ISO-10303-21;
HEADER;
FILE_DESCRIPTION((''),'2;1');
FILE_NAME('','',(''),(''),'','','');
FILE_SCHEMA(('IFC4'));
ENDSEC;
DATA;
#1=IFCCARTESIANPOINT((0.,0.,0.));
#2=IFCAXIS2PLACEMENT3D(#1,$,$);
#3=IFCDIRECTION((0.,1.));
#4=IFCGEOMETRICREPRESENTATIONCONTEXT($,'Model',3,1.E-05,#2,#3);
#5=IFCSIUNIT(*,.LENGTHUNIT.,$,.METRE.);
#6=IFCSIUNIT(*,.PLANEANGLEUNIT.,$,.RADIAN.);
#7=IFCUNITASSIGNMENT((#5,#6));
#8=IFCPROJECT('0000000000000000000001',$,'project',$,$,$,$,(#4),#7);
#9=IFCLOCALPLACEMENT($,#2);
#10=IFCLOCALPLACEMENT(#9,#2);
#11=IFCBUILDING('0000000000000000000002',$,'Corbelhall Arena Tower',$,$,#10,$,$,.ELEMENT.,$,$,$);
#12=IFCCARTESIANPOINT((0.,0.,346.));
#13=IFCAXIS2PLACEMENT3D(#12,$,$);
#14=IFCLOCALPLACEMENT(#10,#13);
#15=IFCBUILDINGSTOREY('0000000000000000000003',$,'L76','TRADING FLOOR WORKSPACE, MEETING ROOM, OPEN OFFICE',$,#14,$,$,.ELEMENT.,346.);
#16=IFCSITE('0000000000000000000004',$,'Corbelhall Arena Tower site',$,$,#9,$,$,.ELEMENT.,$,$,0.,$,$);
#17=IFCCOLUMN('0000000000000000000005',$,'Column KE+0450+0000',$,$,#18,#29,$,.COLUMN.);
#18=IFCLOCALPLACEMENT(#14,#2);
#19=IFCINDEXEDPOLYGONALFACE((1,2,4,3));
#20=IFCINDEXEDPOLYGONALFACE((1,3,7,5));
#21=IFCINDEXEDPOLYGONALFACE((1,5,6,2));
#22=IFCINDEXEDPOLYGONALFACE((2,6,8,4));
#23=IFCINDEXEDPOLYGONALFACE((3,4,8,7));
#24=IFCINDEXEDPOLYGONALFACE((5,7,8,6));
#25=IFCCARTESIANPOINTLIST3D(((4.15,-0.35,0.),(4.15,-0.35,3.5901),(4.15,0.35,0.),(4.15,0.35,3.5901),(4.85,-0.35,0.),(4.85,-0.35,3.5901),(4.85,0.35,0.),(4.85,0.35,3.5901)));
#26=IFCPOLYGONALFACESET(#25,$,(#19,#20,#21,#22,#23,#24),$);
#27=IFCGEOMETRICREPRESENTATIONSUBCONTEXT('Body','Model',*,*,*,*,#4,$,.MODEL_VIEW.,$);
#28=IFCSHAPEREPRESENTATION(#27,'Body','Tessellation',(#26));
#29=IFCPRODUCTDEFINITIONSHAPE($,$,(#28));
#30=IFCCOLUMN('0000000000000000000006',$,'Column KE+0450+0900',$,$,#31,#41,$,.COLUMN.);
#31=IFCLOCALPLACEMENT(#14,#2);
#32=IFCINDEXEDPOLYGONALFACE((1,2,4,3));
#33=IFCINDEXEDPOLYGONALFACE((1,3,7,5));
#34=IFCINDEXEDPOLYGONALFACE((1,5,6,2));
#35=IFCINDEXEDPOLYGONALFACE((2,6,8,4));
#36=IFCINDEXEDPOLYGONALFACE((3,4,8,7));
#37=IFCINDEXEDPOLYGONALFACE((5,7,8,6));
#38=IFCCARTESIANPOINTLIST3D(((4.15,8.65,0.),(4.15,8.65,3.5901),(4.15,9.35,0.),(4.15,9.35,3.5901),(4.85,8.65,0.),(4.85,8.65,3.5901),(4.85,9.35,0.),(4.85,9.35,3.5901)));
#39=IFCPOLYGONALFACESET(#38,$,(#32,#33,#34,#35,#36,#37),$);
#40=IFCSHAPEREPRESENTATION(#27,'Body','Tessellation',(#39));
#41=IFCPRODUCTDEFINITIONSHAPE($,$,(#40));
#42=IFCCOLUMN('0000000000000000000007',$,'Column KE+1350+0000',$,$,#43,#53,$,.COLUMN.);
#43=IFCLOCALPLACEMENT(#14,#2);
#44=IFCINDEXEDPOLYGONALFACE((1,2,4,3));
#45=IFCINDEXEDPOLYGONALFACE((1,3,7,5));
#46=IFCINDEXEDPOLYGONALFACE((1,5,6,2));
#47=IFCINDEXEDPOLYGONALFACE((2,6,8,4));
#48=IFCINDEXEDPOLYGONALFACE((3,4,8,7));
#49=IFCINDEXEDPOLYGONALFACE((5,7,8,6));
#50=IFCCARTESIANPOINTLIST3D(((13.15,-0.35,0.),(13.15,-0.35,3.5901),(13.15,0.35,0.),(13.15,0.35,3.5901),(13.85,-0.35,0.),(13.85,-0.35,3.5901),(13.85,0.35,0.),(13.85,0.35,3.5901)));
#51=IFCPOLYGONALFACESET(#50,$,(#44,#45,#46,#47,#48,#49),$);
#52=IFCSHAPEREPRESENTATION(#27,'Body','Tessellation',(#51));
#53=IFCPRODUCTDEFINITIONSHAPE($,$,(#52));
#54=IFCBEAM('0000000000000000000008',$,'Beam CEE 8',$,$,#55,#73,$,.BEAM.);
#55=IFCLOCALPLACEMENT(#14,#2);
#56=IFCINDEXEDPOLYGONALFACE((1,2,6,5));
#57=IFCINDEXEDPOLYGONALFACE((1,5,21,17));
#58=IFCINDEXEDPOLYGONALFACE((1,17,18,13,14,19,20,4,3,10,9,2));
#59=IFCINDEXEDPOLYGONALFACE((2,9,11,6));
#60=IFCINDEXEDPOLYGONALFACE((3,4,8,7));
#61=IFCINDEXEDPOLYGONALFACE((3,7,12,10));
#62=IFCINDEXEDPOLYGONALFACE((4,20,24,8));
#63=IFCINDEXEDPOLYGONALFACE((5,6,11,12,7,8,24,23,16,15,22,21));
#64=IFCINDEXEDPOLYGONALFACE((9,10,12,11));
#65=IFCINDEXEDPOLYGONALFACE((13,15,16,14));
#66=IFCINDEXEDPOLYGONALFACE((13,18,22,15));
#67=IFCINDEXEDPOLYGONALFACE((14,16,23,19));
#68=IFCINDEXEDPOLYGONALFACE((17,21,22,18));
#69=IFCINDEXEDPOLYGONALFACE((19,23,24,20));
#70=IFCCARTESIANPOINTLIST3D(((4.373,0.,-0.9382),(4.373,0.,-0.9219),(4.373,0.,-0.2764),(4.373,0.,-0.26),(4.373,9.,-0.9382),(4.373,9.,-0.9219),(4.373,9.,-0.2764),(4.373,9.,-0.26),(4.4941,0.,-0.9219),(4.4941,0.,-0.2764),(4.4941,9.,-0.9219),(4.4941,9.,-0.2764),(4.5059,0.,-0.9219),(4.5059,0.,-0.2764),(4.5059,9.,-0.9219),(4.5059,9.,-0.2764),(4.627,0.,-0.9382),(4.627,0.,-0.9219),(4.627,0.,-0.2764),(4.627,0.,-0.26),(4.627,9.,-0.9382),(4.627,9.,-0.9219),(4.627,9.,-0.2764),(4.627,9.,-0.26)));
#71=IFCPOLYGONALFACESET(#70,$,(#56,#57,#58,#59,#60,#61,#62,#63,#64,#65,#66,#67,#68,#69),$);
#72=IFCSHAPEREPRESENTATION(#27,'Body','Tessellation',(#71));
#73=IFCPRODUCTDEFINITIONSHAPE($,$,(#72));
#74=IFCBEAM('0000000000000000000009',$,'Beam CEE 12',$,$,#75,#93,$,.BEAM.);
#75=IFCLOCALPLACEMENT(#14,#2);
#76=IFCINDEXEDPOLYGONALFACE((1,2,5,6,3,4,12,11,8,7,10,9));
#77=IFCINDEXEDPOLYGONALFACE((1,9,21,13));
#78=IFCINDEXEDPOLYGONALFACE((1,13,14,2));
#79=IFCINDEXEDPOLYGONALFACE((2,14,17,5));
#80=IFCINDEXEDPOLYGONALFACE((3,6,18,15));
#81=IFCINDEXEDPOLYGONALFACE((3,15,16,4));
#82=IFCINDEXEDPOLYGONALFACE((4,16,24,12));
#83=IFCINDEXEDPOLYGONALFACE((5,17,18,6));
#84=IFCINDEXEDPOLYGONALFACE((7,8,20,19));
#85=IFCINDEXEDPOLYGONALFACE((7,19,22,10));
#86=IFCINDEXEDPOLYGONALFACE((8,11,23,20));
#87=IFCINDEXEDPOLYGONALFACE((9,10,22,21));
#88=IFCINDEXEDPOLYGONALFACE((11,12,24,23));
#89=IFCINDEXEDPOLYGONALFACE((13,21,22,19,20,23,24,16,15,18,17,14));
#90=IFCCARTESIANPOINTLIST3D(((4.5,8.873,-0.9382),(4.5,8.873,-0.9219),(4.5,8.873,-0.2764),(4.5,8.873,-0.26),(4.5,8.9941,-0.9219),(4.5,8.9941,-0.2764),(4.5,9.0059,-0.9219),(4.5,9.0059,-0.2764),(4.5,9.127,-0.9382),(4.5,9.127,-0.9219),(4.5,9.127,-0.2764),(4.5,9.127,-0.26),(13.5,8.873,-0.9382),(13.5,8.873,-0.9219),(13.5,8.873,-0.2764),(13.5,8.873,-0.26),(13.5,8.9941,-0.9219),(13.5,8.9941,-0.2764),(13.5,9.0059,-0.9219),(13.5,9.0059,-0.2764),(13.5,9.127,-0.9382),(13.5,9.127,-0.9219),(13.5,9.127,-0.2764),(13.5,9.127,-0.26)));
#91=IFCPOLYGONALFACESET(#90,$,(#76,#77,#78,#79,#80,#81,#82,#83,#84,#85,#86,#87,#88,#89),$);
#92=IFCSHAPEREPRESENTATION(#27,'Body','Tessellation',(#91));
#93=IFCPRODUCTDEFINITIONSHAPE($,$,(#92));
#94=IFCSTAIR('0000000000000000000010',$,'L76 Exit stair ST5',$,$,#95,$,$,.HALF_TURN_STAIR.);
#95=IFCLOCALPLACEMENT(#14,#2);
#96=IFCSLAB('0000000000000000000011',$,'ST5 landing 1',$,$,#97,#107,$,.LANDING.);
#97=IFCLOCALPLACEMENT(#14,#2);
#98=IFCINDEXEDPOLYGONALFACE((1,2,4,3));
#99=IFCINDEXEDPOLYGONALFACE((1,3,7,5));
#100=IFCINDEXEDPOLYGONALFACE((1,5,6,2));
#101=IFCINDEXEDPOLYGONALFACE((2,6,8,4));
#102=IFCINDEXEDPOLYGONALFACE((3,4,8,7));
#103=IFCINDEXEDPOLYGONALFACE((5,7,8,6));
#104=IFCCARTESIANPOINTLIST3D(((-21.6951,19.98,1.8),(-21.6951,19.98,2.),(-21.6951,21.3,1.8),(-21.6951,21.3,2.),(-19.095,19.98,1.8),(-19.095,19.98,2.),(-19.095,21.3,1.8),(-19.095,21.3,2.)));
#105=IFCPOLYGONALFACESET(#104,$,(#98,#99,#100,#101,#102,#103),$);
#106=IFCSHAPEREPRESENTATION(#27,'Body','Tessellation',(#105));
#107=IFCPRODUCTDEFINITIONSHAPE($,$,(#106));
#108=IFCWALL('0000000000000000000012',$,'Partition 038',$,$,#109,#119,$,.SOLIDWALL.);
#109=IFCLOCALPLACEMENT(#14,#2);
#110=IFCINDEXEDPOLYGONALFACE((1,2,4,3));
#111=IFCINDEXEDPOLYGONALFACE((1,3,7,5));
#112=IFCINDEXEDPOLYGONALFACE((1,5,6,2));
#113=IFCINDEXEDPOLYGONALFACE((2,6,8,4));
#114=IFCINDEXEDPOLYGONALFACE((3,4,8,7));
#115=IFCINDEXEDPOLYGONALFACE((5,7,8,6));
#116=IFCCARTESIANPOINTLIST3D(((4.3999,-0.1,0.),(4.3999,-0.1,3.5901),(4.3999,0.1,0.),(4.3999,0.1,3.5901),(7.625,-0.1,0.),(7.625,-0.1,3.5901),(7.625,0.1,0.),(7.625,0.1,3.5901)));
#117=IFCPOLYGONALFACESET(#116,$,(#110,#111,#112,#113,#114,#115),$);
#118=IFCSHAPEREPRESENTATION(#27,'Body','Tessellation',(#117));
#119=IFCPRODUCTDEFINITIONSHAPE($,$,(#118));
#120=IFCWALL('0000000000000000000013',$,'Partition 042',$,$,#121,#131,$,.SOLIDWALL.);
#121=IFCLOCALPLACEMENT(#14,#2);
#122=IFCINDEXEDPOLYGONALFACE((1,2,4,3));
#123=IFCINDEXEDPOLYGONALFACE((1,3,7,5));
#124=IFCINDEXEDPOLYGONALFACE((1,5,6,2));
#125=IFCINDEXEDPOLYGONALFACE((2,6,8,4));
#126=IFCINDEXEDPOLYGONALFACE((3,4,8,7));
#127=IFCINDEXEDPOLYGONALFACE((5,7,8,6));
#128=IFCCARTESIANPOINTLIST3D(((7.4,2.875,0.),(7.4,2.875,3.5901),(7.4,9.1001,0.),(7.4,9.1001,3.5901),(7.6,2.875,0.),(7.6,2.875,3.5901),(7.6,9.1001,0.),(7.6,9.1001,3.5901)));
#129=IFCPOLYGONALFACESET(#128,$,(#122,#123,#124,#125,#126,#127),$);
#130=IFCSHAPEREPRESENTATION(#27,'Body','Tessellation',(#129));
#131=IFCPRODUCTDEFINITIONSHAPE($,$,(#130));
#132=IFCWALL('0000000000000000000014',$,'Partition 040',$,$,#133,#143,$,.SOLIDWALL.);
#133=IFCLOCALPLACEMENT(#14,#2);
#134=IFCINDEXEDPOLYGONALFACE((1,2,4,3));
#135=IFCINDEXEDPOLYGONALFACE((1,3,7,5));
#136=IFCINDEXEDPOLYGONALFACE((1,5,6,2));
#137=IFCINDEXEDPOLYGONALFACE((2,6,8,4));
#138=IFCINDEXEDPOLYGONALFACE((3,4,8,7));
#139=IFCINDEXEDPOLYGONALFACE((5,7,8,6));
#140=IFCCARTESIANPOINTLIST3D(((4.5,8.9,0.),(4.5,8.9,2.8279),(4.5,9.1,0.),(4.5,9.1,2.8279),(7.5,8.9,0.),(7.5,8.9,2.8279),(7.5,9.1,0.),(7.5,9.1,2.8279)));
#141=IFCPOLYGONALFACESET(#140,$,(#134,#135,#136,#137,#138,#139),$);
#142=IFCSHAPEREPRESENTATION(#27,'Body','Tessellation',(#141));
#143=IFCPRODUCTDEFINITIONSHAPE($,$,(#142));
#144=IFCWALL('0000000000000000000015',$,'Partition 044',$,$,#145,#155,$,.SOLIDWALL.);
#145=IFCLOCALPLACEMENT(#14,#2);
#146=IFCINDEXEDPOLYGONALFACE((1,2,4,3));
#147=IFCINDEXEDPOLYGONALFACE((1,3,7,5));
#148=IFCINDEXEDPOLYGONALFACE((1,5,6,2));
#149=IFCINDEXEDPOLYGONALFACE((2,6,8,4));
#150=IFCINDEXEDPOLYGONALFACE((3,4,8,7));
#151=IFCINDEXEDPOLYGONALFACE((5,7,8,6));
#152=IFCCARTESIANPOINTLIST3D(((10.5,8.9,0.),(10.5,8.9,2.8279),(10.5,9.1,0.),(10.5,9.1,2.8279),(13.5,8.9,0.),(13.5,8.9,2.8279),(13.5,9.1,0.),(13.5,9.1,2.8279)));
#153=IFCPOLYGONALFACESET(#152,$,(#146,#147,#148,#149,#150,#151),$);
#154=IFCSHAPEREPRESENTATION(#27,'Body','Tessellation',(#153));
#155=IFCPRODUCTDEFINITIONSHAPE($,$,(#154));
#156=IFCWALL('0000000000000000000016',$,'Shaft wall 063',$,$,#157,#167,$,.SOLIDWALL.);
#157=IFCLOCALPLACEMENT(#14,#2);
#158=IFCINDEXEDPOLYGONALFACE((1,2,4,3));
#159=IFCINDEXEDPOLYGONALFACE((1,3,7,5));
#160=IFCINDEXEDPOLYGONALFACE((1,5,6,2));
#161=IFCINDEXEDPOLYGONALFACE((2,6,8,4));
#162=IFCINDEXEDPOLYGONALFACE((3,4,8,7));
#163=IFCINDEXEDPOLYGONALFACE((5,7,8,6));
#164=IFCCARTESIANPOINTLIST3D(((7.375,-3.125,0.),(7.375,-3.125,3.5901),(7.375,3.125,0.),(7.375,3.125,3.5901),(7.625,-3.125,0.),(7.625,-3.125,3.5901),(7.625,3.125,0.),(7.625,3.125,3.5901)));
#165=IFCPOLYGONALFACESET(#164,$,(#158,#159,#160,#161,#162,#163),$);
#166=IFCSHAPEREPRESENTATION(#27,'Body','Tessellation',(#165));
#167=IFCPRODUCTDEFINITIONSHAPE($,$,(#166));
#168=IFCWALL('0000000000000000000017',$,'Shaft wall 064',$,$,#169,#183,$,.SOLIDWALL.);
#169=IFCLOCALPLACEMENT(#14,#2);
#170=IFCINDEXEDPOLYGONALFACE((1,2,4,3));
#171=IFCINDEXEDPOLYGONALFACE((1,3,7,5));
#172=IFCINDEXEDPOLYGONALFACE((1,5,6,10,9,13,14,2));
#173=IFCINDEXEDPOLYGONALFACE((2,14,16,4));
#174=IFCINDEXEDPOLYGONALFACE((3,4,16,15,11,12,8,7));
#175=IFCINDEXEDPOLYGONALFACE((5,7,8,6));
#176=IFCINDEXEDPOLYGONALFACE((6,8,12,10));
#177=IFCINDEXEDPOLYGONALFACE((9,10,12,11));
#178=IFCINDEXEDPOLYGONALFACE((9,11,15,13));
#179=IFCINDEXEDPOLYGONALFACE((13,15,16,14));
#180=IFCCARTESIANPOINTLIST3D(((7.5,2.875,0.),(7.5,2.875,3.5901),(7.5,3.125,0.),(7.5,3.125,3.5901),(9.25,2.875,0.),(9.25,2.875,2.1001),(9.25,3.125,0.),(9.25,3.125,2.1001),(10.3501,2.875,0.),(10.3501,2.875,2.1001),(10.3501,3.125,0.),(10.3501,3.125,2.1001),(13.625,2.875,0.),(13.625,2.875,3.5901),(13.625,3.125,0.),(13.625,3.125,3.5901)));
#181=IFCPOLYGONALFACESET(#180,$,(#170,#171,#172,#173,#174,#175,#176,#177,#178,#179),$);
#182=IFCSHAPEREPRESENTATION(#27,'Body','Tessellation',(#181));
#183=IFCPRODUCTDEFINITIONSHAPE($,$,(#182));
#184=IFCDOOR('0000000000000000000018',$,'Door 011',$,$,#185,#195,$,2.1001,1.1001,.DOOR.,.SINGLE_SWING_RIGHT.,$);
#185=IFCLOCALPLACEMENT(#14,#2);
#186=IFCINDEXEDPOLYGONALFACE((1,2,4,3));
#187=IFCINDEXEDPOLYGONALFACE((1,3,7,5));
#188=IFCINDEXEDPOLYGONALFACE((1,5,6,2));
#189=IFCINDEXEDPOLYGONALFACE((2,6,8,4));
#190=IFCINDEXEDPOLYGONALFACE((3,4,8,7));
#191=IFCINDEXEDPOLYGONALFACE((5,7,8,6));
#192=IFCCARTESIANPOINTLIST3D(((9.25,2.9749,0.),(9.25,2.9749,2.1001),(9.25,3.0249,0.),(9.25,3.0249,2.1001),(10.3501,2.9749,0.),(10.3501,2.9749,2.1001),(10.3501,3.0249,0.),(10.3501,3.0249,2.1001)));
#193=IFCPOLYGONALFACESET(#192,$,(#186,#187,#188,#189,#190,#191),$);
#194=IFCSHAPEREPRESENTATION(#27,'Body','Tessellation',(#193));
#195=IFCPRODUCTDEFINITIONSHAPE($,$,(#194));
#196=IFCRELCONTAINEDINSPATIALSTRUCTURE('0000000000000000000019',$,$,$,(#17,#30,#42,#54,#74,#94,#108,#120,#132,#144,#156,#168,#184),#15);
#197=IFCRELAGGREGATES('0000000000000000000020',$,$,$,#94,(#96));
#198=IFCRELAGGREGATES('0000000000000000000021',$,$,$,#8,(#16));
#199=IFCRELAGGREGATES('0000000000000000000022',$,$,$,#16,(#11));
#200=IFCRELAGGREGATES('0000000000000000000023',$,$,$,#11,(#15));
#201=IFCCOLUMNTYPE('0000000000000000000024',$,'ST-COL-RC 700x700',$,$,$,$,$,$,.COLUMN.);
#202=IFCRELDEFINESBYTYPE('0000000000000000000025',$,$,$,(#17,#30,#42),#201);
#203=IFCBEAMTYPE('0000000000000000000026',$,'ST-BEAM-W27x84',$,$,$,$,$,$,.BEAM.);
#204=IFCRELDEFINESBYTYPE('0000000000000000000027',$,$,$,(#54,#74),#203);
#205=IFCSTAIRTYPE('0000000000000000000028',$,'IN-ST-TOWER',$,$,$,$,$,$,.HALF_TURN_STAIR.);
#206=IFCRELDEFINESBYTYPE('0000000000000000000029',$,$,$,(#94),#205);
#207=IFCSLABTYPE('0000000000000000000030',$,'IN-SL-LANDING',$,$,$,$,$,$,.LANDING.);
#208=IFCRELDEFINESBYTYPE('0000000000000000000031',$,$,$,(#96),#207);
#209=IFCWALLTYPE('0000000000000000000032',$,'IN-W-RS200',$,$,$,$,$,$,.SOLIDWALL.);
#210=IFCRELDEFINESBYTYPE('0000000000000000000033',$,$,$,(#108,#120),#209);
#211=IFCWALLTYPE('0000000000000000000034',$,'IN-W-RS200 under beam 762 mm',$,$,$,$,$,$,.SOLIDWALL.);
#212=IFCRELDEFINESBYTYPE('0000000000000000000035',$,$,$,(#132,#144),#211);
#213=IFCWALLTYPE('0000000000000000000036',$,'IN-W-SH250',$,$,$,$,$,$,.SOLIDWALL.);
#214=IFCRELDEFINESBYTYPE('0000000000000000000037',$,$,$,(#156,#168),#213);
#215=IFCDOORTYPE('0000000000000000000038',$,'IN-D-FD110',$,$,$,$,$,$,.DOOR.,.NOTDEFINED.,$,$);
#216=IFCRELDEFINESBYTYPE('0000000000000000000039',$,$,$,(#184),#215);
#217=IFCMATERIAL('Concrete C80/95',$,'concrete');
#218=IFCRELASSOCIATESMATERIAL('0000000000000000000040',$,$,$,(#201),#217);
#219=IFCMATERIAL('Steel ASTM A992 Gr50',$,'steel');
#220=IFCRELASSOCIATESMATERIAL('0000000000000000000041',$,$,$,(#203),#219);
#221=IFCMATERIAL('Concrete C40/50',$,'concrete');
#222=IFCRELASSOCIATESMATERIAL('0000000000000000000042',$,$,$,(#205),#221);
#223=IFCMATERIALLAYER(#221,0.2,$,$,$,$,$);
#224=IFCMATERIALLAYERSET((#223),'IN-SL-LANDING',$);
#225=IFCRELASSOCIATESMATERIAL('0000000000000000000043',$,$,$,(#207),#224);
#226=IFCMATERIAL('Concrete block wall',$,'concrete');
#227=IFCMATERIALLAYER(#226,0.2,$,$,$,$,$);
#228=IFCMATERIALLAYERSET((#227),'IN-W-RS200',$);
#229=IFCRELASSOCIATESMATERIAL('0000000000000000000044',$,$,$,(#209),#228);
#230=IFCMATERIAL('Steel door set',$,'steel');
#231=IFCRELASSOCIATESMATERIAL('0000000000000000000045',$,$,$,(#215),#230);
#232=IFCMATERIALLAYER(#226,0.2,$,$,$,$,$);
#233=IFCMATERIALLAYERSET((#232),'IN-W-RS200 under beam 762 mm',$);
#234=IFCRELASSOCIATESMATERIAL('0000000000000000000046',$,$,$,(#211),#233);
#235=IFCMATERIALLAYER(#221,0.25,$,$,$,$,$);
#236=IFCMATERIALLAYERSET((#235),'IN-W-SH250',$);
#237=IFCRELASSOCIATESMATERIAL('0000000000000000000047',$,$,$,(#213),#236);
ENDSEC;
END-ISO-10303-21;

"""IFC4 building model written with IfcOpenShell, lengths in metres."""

from ifc_helpers import new_model, si_unit, direction, frame, frame_2d, origin, origin_2d, place, context, subcontext, project, spatial, polyline, rectangle, i_section, outline, extrude, material, layer, layer_set, material_profile, profile_set, type_object, element, fill, aggregate, save


model = new_model("IFC4")

# Units and contexts
model_context = context("Model", 3, precision=1e-05, world=origin(), true_north=direction((0.0, 1.0)))
body_context = subcontext(model_context, "Body", "Model", "MODEL_VIEW")
ifc_project = project(units=[si_unit("LENGTHUNIT", "METRE"), si_unit("PLANEANGLEUNIT", "RADIAN")], contexts=[model_context])

# Site, building, storey
site_placement = place(None, origin())
site = spatial("IfcSite", under=ifc_project, at=site_placement, Name="Corbelhall Arena Tower site", CompositionType="ELEMENT", RefElevation=0.0)
building_placement = place(site_placement, origin())
building = spatial("IfcBuilding", under=site, at=building_placement, Name="Corbelhall Arena Tower", CompositionType="ELEMENT")
storey_placement = place(building_placement, frame((0.0, 0.0, 346.0)))
storey = spatial("IfcBuildingStorey", under=building, at=storey_placement, Name="L76", Description="TRADING FLOOR WORKSPACE, MEETING ROOM, OPEN OFFICE", CompositionType="ELEMENT", Elevation=346.0)

# Columns
ifc_material_1 = material(Name="Concrete C80/95", Category="concrete")
ifc_material_profile_1 = material_profile(ifc_material_1, rectangle(XDim=0.7, YDim=0.7, at=origin_2d()))
ifc_profile_set_1 = profile_set([ifc_material_profile_1], Name="Concrete C80/95")
column_type = type_object("IfcColumnType", Name="ST-COL-RC 700x700", PredefinedType="COLUMN", material=ifc_profile_set_1)
for number, where, z_axis, x_axis, name in (
    (1, (4.5, 0.0, 0.0), (0.0, 0.0, 1.0), (1.0, 0.0, 0.0), "Column KE+0450+0000"),
    (2, (4.5, 9.0, 0.0), (0.0, 0.0, 1.0), (1.0, 0.0, 0.0), "Column KE+0450+0900"),
    (3, (13.5, 0.0, 0.0), (0.0, 0.0, 1.0), (1.0, 0.0, 0.0), "Column KE+1350+0000"),
):
    element("IfcColumn", number, at=place(storey_placement, frame(where, z_axis=z_axis, x_axis=x_axis)), inside=storey, type_object=column_type, Name=name, PredefinedType="COLUMN", context=body_context, shape_type="SweptSolid", body=[
        extrude(rectangle(XDim=0.7, YDim=0.7, at=origin_2d()), origin(), (0.0, 0.0, 1.0), 3.5901),
    ])

# Beams
ifc_material_2 = material(Name="Steel ASTM A992 Gr50", Category="steel")
ifc_material_profile_2 = material_profile(ifc_material_2, i_section(OverallWidth=0.2539, OverallDepth=0.6782, WebThickness=0.0117, FlangeThickness=0.0164, at=origin_2d()))
ifc_profile_set_2 = profile_set([ifc_material_profile_2], Name="Steel ASTM A992 Gr50")
beam_type = type_object("IfcBeamType", Name="ST-BEAM-W27x84", PredefinedType="BEAM", material=ifc_profile_set_2)
for number, where, z_axis, x_axis, name in (
    (4, (4.5, 0.0, -0.5991), (0.0, 1.0, 0.0), (-1.0, 0.0, 0.0), "Beam CEE 8"),
    (5, (4.5, 9.0, -0.5991), (1.0, 0.0, 0.0), (0.0, 1.0, 0.0), "Beam CEE 12"),
):
    element("IfcBeam", number, at=place(storey_placement, frame(where, z_axis=z_axis, x_axis=x_axis)), inside=storey, type_object=beam_type, Name=name, PredefinedType="BEAM", context=body_context, shape_type="SweptSolid", body=[
        extrude(i_section(OverallWidth=0.2539, OverallDepth=0.6782, WebThickness=0.0117, FlangeThickness=0.0164, at=origin_2d()), origin(), (0.0, 0.0, 1.0), 9.0),
    ])

# Stair, slab
ifc_material_3 = material(Name="Concrete C40/50", Category="concrete")
stair_type = type_object("IfcStairType", Name="IN-ST-TOWER", PredefinedType="HALF_TURN_STAIR", material=ifc_material_3)
stair_1_placement = place(storey_placement, origin())
stair_1 = element("IfcStair", 6, at=stair_1_placement, inside=storey, type_object=stair_type, Name="L76 Exit stair ST5", PredefinedType="HALF_TURN_STAIR")
ifc_layer_1 = layer(ifc_material_3, 0.2)
ifc_layer_set_1 = layer_set([ifc_layer_1], Name="IN-SL-LANDING")
slab_type = type_object("IfcSlabType", Name="IN-SL-LANDING", PredefinedType="LANDING", material=ifc_layer_set_1)
slab_placement = place(storey_placement, frame((0.0, 0.0, 1.8)))
slab = element("IfcSlab", 7, at=slab_placement, type_object=slab_type, Name="ST5 landing 1", PredefinedType="LANDING", context=body_context, shape_type="SweptSolid", body=[
    extrude(outline(polyline([(-19.095, 19.98), (-19.095, 21.3), (-21.6951, 21.3), (-21.6951, 19.98), (-19.095, 19.98)])), origin(), (0.0, 0.0, 1.0), 0.2),
])
aggregate(stair_1, [slab])

# Walls
ifc_material_4 = material(Name="Concrete block wall", Category="concrete")
ifc_layer_2 = layer(ifc_material_4, 0.2)
ifc_layer_set_2 = layer_set([ifc_layer_2], Name="IN-W-RS200")
wall_type_1 = type_object("IfcWallType", Name="IN-W-RS200", PredefinedType="SOLIDWALL", material=ifc_layer_set_2)
wall_1_placement = place(storey_placement, frame((4.3999, 0.0, 0.0), z_axis=(0.0, 0.0, 1.0), x_axis=(1.0, 0.0, 0.0)))
element("IfcWall", 8, at=wall_1_placement, inside=storey, type_object=wall_type_1, Name="Partition 038", PredefinedType="SOLIDWALL", context=body_context, shape_type="SweptSolid", body=[
    extrude(rectangle(XDim=3.2251, YDim=0.2, at=frame_2d((1.6125, 0.0))), origin(), (0.0, 0.0, 1.0), 3.5901),
])
wall_2_placement = place(storey_placement, frame((7.5, 9.1001, 0.0), z_axis=(0.0, 0.0, 1.0), x_axis=(0.0, -1.0, 0.0)))
element("IfcWall", 9, at=wall_2_placement, inside=storey, type_object=wall_type_1, Name="Partition 042", PredefinedType="SOLIDWALL", context=body_context, shape_type="SweptSolid", body=[
    extrude(rectangle(XDim=6.2251, YDim=0.2, at=frame_2d((3.1125, 0.0))), origin(), (0.0, 0.0, 1.0), 3.5901),
])

# Shared definitions
ifc_material_5 = material(Name="Steel door set", Category="steel")
door_type_1 = type_object("IfcDoorType", Name="IN-D-FD110", OperationType="NOTDEFINED", PredefinedType="DOOR", material=ifc_material_5)

# Walls
ifc_layer_3 = layer(ifc_material_4, 0.2)
ifc_layer_set_3 = layer_set([ifc_layer_3], Name="IN-W-RS200 under beam 762 mm")
wall_type_2 = type_object("IfcWallType", Name="IN-W-RS200 under beam 762 mm", PredefinedType="SOLIDWALL", material=ifc_layer_set_3)
for number, where, z_axis, x_axis, name in (
    (10, (4.5, 9.0, 0.0), (0.0, 0.0, 1.0), (1.0, 0.0, 0.0), "Partition 040"),
    (11, (10.5, 9.0, 0.0), (0.0, 0.0, 1.0), (1.0, 0.0, 0.0), "Partition 044"),
):
    element("IfcWall", number, at=place(storey_placement, frame(where, z_axis=z_axis, x_axis=x_axis)), inside=storey, type_object=wall_type_2, Name=name, PredefinedType="SOLIDWALL", context=body_context, shape_type="SweptSolid", body=[
        extrude(rectangle(XDim=3.0, YDim=0.2, at=frame_2d((1.5, 0.0))), origin(), (0.0, 0.0, 1.0), 2.8279),
    ])
ifc_layer_4 = layer(ifc_material_3, 0.25)
ifc_layer_set_4 = layer_set([ifc_layer_4], Name="IN-W-SH250")
wall_type_3 = type_object("IfcWallType", Name="IN-W-SH250", PredefinedType="SOLIDWALL", material=ifc_layer_set_4)
wall_3_placement = place(storey_placement, frame((7.5, 3.125, 0.0), z_axis=(0.0, 0.0, 1.0), x_axis=(0.0, -1.0, 0.0)))
element("IfcWall", 12, at=wall_3_placement, inside=storey, type_object=wall_type_3, Name="Shaft wall 063", PredefinedType="SOLIDWALL", context=body_context, shape_type="SweptSolid", body=[
    extrude(rectangle(XDim=6.25, YDim=0.25, at=frame_2d((3.125, 0.0))), origin(), (0.0, 0.0, 1.0), 3.5901),
])

# Wall, opening, door
wall_4_placement = place(storey_placement, frame((7.5, 3.0, 0.0), z_axis=(0.0, 0.0, 1.0), x_axis=(1.0, 0.0, 0.0)))
wall_4 = element("IfcWall", 13, at=wall_4_placement, inside=storey, type_object=wall_type_3, Name="Shaft wall 064", PredefinedType="SOLIDWALL", context=body_context, shape_type="SweptSolid", body=[
    extrude(rectangle(XDim=6.125, YDim=0.25, at=frame_2d((3.0625, 0.0))), origin(), (0.0, 0.0, 1.0), 3.5901),
])
opening_1_placement = place(wall_4_placement, frame((1.75, 0.0, 0.0)))
opening_1 = element("IfcOpeningElement", 14, at=opening_1_placement, cuts=wall_4, PredefinedType="OPENING", context=body_context, shape_type="SweptSolid", body=[
    extrude(rectangle(XDim=1.1001, YDim=2.1001, at=frame_2d((0.55, 1.05))), frame((0.0, 0.125, 0.0), z_axis=(0.0, -1.0, 0.0), x_axis=(1.0, 0.0, 0.0)), (0.0, 0.0, 1.0), 0.25),
])
door_1_placement = place(opening_1_placement, origin())
door_1 = element("IfcDoor", 15, at=door_1_placement, inside=storey, type_object=door_type_1, Name="Door 011", OperationType="SINGLE_SWING_RIGHT", OverallHeight=2.1001, OverallWidth=1.1001, PredefinedType="DOOR", context=body_context, shape_type="SweptSolid", body=[
    extrude(rectangle(XDim=1.1001, YDim=2.1001, at=frame_2d((0.55, 1.05))), frame((0.0, 0.0249, 0.0), z_axis=(0.0, -1.0, 0.0), x_axis=(1.0, 0.0, 0.0)), (0.0, 0.0, 1.0), 0.05),
])
fill(opening_1, door_1)

save(model, "model.ifc")
